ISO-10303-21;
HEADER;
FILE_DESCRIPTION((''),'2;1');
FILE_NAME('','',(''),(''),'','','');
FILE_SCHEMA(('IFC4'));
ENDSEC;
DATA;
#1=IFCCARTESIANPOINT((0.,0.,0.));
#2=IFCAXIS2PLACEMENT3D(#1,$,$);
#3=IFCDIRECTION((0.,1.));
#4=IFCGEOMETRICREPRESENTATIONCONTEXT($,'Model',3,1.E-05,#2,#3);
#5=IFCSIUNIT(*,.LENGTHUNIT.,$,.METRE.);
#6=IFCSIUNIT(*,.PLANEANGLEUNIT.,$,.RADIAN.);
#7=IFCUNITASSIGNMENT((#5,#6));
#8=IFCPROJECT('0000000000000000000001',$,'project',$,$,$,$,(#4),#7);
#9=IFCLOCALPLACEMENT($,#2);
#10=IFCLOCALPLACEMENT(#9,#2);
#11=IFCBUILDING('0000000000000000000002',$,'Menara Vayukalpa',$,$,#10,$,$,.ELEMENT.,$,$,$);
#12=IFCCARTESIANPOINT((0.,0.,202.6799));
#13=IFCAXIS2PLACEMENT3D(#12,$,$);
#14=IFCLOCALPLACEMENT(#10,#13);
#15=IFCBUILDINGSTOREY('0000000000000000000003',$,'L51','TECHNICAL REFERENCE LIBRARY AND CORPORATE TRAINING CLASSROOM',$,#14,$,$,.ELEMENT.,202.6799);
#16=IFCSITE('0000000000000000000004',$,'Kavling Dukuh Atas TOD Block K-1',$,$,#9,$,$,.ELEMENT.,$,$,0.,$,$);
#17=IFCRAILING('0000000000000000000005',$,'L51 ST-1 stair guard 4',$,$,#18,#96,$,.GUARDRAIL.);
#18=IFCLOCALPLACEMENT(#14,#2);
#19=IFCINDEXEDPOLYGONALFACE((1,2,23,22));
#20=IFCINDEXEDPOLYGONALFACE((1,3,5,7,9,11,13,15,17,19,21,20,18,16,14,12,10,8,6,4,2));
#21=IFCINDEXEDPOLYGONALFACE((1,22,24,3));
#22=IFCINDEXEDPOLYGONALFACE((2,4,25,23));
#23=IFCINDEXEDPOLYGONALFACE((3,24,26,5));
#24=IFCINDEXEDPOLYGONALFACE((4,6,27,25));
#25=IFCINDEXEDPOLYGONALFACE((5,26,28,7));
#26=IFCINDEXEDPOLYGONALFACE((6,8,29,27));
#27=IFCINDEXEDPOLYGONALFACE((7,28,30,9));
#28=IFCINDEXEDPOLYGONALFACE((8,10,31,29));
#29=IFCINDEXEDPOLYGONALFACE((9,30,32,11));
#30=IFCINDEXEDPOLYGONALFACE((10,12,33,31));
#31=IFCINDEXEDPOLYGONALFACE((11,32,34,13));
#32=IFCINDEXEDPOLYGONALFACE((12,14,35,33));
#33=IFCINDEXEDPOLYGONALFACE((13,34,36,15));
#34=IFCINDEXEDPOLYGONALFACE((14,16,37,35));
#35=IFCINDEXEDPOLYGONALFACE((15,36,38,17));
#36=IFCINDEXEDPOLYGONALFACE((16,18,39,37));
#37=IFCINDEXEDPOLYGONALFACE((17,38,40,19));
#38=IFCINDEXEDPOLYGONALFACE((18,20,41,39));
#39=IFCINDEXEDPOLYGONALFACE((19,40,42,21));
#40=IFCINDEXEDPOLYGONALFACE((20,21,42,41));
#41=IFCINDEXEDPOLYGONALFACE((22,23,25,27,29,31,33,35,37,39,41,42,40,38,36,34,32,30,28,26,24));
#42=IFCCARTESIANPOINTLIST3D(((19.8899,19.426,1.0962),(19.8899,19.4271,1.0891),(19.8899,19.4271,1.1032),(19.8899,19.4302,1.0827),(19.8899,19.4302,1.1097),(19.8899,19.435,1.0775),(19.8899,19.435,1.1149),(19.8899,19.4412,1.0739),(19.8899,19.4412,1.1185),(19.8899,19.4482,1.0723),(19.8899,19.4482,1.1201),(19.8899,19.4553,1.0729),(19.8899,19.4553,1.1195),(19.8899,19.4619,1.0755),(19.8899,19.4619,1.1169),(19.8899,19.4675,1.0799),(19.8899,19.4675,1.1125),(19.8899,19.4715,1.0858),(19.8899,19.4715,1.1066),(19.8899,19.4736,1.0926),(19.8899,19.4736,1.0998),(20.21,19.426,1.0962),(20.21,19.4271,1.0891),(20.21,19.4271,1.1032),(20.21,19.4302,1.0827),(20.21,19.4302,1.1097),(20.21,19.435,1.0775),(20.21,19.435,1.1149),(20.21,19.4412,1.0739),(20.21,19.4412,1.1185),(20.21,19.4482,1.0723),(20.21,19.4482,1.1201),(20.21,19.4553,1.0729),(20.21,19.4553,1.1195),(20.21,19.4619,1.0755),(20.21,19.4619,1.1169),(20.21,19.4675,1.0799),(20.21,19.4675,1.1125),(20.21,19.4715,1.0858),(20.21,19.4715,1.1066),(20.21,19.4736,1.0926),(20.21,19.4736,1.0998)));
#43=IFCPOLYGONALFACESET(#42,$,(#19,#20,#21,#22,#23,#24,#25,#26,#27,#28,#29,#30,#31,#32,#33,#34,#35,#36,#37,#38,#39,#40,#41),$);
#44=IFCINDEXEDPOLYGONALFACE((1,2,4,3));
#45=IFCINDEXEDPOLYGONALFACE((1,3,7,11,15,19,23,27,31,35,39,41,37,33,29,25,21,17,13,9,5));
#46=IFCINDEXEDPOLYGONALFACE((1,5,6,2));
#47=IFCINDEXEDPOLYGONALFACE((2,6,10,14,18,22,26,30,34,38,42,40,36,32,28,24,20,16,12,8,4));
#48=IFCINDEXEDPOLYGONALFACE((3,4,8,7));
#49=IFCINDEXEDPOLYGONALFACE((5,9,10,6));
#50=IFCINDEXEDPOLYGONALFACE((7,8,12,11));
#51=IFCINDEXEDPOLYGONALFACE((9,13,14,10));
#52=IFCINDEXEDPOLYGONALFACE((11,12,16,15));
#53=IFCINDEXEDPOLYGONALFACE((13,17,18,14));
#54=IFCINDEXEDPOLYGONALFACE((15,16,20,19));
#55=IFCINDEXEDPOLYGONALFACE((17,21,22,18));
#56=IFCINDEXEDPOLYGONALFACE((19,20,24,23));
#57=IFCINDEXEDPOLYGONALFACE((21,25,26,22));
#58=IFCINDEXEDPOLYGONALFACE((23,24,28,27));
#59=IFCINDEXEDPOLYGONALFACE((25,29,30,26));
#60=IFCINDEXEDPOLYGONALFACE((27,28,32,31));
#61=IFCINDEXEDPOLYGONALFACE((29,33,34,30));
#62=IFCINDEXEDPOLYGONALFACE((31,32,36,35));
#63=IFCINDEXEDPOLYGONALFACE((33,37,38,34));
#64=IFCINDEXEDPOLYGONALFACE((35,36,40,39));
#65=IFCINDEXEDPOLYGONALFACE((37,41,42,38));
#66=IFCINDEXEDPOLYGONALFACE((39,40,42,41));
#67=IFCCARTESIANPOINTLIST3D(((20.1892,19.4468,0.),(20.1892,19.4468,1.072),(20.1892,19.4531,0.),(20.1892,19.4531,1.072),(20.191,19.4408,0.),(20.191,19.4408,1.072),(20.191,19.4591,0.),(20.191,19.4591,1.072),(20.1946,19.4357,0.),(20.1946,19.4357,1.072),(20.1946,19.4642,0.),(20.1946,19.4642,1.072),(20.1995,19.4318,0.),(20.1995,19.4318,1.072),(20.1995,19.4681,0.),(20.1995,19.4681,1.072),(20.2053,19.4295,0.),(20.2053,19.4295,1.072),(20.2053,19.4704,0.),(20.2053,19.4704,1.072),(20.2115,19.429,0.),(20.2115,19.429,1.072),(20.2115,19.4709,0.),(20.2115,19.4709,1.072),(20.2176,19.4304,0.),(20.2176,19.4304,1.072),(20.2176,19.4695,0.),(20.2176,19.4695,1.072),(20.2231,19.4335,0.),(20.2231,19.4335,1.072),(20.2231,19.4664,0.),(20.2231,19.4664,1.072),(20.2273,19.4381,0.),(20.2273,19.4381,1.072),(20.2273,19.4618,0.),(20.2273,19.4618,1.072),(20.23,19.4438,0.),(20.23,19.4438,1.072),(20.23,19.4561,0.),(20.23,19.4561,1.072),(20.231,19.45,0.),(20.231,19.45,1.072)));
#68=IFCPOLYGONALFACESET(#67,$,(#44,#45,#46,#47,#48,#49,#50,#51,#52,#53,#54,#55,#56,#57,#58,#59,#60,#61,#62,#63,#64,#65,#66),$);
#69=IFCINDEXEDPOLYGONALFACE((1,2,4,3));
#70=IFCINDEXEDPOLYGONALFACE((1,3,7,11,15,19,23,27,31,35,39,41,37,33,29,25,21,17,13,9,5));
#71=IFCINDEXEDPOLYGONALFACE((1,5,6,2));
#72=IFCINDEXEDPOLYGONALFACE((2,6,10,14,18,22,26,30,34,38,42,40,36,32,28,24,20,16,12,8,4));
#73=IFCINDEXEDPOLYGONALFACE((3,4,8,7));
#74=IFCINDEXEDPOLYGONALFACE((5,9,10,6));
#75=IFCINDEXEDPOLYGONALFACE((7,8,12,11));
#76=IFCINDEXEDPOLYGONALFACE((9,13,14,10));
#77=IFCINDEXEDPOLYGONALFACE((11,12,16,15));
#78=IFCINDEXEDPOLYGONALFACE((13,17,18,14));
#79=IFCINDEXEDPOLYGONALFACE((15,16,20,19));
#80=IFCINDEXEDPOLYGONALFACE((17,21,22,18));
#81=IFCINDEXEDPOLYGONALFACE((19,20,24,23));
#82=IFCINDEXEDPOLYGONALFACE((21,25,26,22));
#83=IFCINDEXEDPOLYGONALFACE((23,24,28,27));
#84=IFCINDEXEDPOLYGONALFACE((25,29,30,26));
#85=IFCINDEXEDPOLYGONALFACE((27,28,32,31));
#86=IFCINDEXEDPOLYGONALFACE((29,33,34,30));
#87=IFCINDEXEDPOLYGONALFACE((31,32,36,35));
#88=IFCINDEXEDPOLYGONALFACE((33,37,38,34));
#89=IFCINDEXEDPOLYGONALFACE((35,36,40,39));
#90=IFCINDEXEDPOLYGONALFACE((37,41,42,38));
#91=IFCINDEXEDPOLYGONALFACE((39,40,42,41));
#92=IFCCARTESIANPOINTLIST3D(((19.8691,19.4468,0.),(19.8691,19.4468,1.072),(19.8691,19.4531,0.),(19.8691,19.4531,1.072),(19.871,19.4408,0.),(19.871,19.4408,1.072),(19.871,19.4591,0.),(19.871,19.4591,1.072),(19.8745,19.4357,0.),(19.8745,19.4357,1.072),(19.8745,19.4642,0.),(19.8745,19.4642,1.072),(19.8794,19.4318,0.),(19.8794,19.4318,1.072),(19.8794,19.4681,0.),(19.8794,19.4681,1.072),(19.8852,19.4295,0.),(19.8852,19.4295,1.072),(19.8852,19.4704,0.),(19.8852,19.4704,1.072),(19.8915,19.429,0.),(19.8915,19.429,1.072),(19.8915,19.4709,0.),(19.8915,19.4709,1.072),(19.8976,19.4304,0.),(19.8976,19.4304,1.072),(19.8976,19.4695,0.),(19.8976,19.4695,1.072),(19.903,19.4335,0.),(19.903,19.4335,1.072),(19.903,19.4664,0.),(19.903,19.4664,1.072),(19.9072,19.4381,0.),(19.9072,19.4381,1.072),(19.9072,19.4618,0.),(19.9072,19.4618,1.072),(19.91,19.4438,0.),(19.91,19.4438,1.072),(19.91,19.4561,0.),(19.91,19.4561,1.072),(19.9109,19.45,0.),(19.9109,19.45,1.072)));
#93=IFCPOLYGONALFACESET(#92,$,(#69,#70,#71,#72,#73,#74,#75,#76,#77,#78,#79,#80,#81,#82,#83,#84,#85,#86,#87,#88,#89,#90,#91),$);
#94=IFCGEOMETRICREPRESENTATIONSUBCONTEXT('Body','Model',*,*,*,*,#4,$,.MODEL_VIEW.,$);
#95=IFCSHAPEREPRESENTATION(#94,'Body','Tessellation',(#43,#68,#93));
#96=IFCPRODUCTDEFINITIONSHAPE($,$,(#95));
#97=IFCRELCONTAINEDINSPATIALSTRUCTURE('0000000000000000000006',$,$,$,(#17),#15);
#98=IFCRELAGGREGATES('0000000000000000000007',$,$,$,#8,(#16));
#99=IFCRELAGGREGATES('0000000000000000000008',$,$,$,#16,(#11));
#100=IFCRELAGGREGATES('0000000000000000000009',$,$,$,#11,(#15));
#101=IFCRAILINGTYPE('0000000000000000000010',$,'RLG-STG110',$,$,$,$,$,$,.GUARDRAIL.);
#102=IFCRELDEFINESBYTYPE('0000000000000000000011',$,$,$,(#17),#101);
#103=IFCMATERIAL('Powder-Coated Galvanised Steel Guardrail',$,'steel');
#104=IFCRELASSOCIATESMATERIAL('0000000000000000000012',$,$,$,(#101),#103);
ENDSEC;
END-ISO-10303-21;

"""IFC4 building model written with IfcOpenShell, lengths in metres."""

from ifc_helpers import new_model, si_unit, direction, frame, origin, origin_2d, place, context, subcontext, project, spatial, circle, extrude, material, type_object, element, save


model = new_model("IFC4")

# Units and contexts
model_context = context("Model", 3, precision=1e-05, world=origin(), true_north=direction((0.0, 1.0)))
body_context = subcontext(model_context, "Body", "Model", "MODEL_VIEW")
ifc_project = project(units=[si_unit("LENGTHUNIT", "METRE"), si_unit("PLANEANGLEUNIT", "RADIAN")], contexts=[model_context])

# Site, building, storey
site_placement = place(None, origin())
site = spatial("IfcSite", under=ifc_project, at=site_placement, Name="Kavling Dukuh Atas TOD Block K-1", CompositionType="ELEMENT", RefElevation=0.0)
building_placement = place(site_placement, origin())
building = spatial("IfcBuilding", under=site, at=building_placement, Name="Menara Vayukalpa", CompositionType="ELEMENT")
storey_placement = place(building_placement, frame((0.0, 0.0, 202.6799)))
storey = spatial("IfcBuildingStorey", under=building, at=storey_placement, Name="L51", Description="TECHNICAL REFERENCE LIBRARY AND CORPORATE TRAINING CLASSROOM", CompositionType="ELEMENT", Elevation=202.6799)

# Railing
ifc_material_1 = material(Name="Powder-Coated Galvanised Steel Guardrail", Category="steel")
railing_type_1 = type_object("IfcRailingType", Name="RLG-STG110", PredefinedType="GUARDRAIL", material=ifc_material_1)
railing_1_placement = place(storey_placement, frame((20.21, 19.45, 0.0)))
element("IfcRailing", 1, at=railing_1_placement, inside=storey, type_object=railing_type_1, Name="L51 ST-1 stair guard 4", PredefinedType="GUARDRAIL", context=body_context, shape_type="SweptSolid", body=[
    extrude(circle(Radius=0.0239, at=origin_2d()), frame((0.0, 0.0, 1.0962), z_axis=(-1.0, 0.0, 0.0), x_axis=(0.0, -1.0, 0.0)), (0.0, 0.0, 1.0), 0.3201),
    extrude(circle(Radius=0.021, at=origin_2d()), origin(), (0.0, 0.0, 1.0), 1.072),
    extrude(circle(Radius=0.021, at=origin_2d()), frame((-0.3201, 0.0, 0.0)), (0.0, 0.0, 1.0), 1.072),
])

save(model, "model.ifc")
